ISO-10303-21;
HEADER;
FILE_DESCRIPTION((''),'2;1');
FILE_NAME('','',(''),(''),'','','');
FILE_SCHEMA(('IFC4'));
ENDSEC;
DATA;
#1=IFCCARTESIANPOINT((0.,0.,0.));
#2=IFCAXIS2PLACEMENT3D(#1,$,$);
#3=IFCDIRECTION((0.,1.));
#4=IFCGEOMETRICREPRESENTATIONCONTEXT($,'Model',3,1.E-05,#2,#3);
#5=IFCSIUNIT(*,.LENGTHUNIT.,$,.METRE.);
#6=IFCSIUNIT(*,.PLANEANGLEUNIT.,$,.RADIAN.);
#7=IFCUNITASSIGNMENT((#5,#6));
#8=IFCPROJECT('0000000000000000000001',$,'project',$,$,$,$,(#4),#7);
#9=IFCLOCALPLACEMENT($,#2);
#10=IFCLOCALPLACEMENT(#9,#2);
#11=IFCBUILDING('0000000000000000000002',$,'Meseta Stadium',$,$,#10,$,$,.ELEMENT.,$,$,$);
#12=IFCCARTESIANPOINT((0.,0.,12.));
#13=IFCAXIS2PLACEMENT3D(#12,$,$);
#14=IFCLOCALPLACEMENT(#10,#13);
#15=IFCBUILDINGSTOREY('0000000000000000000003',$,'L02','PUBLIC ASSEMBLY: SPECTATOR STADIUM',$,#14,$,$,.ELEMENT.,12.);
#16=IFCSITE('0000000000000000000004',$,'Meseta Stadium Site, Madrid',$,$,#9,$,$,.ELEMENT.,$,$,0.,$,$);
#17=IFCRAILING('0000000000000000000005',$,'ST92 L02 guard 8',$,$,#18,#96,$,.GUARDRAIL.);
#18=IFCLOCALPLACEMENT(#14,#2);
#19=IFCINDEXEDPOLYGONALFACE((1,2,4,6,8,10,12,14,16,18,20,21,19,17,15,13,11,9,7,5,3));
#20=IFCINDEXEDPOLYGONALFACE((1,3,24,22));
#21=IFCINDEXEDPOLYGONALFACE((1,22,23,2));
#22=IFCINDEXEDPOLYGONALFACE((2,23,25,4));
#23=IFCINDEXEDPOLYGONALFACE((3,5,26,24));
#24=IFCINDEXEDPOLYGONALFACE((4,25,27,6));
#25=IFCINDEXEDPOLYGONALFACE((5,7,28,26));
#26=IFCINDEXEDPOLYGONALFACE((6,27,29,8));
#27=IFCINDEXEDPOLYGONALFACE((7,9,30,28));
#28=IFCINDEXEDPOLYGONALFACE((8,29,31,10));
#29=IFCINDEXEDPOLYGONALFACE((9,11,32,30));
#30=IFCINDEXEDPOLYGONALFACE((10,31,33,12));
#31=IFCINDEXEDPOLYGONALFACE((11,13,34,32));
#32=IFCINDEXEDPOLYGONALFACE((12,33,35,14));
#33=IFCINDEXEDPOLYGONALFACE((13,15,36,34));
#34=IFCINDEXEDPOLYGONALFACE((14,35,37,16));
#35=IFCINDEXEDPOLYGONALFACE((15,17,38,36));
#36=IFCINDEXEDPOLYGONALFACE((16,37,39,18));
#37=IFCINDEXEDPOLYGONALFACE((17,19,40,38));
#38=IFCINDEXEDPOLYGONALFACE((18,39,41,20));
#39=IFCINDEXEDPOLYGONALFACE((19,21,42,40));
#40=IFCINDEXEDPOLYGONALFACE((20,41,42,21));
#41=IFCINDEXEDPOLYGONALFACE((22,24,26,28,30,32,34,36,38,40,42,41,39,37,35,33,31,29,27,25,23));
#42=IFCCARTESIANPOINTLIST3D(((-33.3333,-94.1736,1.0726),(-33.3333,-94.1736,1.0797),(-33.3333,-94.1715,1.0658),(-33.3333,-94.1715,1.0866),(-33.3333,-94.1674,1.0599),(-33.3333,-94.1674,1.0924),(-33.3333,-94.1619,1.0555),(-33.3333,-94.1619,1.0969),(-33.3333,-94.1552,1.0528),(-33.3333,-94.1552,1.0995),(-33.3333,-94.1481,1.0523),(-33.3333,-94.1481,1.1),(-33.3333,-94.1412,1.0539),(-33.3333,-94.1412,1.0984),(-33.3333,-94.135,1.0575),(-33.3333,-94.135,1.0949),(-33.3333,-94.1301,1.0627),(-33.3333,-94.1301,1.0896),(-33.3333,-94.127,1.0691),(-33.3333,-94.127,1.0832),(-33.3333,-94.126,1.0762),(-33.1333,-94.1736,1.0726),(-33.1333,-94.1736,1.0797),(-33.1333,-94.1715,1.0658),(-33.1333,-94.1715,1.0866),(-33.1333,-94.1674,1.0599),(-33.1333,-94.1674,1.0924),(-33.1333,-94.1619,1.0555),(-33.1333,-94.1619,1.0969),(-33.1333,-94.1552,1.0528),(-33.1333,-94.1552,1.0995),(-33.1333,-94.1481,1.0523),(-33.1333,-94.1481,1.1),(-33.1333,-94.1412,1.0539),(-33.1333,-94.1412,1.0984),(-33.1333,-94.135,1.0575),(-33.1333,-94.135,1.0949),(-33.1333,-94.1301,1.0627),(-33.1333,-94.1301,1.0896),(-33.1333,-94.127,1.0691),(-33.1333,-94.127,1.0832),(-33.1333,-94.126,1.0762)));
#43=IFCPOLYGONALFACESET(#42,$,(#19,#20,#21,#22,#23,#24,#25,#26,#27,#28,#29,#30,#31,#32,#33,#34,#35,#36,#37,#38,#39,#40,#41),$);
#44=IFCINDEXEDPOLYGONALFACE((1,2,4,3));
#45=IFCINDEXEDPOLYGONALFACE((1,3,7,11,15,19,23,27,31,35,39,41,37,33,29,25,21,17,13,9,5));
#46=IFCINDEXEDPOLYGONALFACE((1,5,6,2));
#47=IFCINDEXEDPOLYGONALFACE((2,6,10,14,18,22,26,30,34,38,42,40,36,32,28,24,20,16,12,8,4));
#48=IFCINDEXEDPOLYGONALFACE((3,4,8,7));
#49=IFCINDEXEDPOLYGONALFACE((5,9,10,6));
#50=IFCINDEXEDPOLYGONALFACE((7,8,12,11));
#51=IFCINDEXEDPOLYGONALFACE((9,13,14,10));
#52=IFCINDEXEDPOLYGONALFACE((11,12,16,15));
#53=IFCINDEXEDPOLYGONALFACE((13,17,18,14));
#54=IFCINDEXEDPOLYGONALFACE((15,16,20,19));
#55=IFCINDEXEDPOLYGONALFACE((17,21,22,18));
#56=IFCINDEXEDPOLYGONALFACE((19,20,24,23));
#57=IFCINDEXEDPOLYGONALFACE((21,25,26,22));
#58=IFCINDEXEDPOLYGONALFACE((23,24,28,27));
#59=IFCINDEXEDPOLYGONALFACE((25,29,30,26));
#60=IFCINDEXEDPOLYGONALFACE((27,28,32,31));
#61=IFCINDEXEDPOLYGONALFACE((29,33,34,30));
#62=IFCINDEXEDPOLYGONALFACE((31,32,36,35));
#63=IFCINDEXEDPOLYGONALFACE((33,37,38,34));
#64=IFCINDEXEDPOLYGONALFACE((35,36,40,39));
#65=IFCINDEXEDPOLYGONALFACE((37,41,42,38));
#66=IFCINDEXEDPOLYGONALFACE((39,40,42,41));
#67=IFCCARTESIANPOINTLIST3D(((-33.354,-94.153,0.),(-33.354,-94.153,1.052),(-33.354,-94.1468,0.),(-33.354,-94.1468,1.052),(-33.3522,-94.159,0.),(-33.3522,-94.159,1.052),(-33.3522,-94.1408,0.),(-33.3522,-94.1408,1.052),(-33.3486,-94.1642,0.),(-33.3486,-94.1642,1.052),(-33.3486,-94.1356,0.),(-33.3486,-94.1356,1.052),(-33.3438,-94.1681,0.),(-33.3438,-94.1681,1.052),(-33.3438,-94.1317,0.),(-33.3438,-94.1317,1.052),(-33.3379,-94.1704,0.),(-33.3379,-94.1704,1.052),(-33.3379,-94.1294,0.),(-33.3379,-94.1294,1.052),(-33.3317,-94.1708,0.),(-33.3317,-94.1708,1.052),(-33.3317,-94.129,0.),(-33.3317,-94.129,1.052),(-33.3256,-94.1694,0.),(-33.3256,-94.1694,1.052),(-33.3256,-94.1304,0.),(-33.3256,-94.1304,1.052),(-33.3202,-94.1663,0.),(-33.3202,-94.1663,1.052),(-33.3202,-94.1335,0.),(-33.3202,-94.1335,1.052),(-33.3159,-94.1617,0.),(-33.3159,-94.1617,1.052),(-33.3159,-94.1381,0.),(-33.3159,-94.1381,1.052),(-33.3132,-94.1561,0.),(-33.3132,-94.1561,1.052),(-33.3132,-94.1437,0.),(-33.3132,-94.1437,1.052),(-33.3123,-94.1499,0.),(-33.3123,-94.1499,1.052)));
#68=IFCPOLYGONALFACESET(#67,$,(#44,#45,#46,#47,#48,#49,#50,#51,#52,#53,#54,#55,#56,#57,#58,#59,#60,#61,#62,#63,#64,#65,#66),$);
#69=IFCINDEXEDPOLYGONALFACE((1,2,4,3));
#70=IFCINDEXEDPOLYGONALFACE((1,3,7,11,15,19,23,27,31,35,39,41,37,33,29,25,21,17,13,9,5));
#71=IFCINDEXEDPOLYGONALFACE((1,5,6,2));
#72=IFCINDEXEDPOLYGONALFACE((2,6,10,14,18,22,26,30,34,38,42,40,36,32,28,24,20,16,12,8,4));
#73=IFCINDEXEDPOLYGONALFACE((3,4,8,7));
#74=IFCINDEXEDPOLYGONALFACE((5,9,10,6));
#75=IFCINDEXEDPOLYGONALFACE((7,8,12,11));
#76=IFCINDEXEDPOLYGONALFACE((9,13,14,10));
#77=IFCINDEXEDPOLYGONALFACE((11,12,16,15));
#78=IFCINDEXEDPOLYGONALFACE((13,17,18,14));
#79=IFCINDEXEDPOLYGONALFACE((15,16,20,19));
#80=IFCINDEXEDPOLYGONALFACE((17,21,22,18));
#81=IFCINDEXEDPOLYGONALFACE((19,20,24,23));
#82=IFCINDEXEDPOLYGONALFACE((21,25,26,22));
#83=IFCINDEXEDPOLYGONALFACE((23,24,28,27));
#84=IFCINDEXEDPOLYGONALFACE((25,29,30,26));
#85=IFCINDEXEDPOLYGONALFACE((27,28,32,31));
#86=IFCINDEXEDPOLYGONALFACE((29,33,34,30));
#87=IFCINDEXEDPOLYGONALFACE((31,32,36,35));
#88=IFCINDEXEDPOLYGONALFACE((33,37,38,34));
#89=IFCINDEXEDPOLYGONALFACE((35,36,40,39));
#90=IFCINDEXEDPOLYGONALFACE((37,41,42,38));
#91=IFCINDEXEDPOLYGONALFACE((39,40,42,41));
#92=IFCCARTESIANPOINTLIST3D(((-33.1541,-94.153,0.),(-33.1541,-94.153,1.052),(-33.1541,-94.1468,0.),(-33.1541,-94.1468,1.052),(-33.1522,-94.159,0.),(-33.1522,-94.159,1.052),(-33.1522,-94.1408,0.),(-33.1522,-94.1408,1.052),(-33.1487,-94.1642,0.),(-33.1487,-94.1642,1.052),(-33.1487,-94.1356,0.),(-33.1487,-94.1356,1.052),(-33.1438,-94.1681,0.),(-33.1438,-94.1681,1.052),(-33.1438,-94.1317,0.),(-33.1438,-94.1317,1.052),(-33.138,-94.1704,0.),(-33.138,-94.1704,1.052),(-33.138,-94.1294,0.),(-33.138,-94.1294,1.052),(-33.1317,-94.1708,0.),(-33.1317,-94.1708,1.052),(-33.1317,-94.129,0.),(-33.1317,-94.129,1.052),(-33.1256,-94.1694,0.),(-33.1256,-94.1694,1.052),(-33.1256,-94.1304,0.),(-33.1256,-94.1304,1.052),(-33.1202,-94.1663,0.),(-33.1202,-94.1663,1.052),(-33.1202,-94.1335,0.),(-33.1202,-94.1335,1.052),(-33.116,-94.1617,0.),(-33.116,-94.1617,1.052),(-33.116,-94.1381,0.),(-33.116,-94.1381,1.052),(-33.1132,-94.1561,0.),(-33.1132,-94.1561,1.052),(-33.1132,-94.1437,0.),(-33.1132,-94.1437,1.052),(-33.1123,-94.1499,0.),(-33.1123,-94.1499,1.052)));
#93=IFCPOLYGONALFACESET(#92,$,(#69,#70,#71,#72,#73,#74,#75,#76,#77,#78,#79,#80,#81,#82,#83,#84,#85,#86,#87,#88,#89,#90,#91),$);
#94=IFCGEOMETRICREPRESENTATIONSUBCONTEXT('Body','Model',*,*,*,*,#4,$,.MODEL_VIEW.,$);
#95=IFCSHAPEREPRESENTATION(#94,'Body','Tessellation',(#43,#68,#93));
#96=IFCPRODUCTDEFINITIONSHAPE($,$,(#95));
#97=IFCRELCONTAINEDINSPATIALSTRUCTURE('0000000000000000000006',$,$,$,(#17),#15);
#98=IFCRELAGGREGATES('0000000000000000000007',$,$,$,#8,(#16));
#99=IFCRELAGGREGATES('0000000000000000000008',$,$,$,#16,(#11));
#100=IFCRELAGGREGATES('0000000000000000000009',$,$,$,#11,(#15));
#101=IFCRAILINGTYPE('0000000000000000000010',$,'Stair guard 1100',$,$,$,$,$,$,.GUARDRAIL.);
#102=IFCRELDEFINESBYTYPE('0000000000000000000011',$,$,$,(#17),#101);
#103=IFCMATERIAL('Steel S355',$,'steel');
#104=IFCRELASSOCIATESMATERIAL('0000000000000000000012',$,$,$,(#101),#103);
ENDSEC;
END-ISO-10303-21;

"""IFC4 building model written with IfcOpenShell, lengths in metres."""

from ifc_helpers import new_model, si_unit, direction, frame, origin, origin_2d, place, context, subcontext, project, spatial, circle, extrude, material, type_object, element, save


model = new_model("IFC4")

# Units and contexts
model_context = context("Model", 3, precision=1e-05, world=origin(), true_north=direction((0.0, 1.0)))
body_context = subcontext(model_context, "Body", "Model", "MODEL_VIEW")
ifc_project = project(units=[si_unit("LENGTHUNIT", "METRE"), si_unit("PLANEANGLEUNIT", "RADIAN")], contexts=[model_context])

# Site, building, storey
site_placement = place(None, origin())
site = spatial("IfcSite", under=ifc_project, at=site_placement, Name="Meseta Stadium Site, Madrid", CompositionType="ELEMENT", RefElevation=0.0)
building_placement = place(site_placement, origin())
building = spatial("IfcBuilding", under=site, at=building_placement, Name="Meseta Stadium", CompositionType="ELEMENT")
storey_placement = place(building_placement, frame((0.0, 0.0, 12.0)))
storey = spatial("IfcBuildingStorey", under=building, at=storey_placement, Name="L02", Description="PUBLIC ASSEMBLY: SPECTATOR STADIUM", CompositionType="ELEMENT", Elevation=12.0)

# Railing
ifc_material_1 = material(Name="Steel S355", Category="steel")
railing_type_1 = type_object("IfcRailingType", Name="Stair guard 1100", PredefinedType="GUARDRAIL", material=ifc_material_1)
railing_1_placement = place(storey_placement, frame((-33.3333, -94.1499, 0.0)))
element("IfcRailing", 1, at=railing_1_placement, inside=storey, type_object=railing_type_1, Name="ST92 L02 guard 8", PredefinedType="GUARDRAIL", context=body_context, shape_type="SweptSolid", body=[
    extrude(circle(Radius=0.0239, at=origin_2d()), frame((0.0, 0.0, 1.0762), z_axis=(1.0, 0.0, 0.0), x_axis=(0.0, 1.0, 0.0)), (0.0, 0.0, 1.0), 0.2),
    extrude(circle(Radius=0.021, at=origin_2d()), origin(), (0.0, 0.0, 1.0), 1.052),
    extrude(circle(Radius=0.021, at=origin_2d()), frame((0.2, 0.0, 0.0)), (0.0, 0.0, 1.0), 1.052),
])

save(model, "model.ifc")
